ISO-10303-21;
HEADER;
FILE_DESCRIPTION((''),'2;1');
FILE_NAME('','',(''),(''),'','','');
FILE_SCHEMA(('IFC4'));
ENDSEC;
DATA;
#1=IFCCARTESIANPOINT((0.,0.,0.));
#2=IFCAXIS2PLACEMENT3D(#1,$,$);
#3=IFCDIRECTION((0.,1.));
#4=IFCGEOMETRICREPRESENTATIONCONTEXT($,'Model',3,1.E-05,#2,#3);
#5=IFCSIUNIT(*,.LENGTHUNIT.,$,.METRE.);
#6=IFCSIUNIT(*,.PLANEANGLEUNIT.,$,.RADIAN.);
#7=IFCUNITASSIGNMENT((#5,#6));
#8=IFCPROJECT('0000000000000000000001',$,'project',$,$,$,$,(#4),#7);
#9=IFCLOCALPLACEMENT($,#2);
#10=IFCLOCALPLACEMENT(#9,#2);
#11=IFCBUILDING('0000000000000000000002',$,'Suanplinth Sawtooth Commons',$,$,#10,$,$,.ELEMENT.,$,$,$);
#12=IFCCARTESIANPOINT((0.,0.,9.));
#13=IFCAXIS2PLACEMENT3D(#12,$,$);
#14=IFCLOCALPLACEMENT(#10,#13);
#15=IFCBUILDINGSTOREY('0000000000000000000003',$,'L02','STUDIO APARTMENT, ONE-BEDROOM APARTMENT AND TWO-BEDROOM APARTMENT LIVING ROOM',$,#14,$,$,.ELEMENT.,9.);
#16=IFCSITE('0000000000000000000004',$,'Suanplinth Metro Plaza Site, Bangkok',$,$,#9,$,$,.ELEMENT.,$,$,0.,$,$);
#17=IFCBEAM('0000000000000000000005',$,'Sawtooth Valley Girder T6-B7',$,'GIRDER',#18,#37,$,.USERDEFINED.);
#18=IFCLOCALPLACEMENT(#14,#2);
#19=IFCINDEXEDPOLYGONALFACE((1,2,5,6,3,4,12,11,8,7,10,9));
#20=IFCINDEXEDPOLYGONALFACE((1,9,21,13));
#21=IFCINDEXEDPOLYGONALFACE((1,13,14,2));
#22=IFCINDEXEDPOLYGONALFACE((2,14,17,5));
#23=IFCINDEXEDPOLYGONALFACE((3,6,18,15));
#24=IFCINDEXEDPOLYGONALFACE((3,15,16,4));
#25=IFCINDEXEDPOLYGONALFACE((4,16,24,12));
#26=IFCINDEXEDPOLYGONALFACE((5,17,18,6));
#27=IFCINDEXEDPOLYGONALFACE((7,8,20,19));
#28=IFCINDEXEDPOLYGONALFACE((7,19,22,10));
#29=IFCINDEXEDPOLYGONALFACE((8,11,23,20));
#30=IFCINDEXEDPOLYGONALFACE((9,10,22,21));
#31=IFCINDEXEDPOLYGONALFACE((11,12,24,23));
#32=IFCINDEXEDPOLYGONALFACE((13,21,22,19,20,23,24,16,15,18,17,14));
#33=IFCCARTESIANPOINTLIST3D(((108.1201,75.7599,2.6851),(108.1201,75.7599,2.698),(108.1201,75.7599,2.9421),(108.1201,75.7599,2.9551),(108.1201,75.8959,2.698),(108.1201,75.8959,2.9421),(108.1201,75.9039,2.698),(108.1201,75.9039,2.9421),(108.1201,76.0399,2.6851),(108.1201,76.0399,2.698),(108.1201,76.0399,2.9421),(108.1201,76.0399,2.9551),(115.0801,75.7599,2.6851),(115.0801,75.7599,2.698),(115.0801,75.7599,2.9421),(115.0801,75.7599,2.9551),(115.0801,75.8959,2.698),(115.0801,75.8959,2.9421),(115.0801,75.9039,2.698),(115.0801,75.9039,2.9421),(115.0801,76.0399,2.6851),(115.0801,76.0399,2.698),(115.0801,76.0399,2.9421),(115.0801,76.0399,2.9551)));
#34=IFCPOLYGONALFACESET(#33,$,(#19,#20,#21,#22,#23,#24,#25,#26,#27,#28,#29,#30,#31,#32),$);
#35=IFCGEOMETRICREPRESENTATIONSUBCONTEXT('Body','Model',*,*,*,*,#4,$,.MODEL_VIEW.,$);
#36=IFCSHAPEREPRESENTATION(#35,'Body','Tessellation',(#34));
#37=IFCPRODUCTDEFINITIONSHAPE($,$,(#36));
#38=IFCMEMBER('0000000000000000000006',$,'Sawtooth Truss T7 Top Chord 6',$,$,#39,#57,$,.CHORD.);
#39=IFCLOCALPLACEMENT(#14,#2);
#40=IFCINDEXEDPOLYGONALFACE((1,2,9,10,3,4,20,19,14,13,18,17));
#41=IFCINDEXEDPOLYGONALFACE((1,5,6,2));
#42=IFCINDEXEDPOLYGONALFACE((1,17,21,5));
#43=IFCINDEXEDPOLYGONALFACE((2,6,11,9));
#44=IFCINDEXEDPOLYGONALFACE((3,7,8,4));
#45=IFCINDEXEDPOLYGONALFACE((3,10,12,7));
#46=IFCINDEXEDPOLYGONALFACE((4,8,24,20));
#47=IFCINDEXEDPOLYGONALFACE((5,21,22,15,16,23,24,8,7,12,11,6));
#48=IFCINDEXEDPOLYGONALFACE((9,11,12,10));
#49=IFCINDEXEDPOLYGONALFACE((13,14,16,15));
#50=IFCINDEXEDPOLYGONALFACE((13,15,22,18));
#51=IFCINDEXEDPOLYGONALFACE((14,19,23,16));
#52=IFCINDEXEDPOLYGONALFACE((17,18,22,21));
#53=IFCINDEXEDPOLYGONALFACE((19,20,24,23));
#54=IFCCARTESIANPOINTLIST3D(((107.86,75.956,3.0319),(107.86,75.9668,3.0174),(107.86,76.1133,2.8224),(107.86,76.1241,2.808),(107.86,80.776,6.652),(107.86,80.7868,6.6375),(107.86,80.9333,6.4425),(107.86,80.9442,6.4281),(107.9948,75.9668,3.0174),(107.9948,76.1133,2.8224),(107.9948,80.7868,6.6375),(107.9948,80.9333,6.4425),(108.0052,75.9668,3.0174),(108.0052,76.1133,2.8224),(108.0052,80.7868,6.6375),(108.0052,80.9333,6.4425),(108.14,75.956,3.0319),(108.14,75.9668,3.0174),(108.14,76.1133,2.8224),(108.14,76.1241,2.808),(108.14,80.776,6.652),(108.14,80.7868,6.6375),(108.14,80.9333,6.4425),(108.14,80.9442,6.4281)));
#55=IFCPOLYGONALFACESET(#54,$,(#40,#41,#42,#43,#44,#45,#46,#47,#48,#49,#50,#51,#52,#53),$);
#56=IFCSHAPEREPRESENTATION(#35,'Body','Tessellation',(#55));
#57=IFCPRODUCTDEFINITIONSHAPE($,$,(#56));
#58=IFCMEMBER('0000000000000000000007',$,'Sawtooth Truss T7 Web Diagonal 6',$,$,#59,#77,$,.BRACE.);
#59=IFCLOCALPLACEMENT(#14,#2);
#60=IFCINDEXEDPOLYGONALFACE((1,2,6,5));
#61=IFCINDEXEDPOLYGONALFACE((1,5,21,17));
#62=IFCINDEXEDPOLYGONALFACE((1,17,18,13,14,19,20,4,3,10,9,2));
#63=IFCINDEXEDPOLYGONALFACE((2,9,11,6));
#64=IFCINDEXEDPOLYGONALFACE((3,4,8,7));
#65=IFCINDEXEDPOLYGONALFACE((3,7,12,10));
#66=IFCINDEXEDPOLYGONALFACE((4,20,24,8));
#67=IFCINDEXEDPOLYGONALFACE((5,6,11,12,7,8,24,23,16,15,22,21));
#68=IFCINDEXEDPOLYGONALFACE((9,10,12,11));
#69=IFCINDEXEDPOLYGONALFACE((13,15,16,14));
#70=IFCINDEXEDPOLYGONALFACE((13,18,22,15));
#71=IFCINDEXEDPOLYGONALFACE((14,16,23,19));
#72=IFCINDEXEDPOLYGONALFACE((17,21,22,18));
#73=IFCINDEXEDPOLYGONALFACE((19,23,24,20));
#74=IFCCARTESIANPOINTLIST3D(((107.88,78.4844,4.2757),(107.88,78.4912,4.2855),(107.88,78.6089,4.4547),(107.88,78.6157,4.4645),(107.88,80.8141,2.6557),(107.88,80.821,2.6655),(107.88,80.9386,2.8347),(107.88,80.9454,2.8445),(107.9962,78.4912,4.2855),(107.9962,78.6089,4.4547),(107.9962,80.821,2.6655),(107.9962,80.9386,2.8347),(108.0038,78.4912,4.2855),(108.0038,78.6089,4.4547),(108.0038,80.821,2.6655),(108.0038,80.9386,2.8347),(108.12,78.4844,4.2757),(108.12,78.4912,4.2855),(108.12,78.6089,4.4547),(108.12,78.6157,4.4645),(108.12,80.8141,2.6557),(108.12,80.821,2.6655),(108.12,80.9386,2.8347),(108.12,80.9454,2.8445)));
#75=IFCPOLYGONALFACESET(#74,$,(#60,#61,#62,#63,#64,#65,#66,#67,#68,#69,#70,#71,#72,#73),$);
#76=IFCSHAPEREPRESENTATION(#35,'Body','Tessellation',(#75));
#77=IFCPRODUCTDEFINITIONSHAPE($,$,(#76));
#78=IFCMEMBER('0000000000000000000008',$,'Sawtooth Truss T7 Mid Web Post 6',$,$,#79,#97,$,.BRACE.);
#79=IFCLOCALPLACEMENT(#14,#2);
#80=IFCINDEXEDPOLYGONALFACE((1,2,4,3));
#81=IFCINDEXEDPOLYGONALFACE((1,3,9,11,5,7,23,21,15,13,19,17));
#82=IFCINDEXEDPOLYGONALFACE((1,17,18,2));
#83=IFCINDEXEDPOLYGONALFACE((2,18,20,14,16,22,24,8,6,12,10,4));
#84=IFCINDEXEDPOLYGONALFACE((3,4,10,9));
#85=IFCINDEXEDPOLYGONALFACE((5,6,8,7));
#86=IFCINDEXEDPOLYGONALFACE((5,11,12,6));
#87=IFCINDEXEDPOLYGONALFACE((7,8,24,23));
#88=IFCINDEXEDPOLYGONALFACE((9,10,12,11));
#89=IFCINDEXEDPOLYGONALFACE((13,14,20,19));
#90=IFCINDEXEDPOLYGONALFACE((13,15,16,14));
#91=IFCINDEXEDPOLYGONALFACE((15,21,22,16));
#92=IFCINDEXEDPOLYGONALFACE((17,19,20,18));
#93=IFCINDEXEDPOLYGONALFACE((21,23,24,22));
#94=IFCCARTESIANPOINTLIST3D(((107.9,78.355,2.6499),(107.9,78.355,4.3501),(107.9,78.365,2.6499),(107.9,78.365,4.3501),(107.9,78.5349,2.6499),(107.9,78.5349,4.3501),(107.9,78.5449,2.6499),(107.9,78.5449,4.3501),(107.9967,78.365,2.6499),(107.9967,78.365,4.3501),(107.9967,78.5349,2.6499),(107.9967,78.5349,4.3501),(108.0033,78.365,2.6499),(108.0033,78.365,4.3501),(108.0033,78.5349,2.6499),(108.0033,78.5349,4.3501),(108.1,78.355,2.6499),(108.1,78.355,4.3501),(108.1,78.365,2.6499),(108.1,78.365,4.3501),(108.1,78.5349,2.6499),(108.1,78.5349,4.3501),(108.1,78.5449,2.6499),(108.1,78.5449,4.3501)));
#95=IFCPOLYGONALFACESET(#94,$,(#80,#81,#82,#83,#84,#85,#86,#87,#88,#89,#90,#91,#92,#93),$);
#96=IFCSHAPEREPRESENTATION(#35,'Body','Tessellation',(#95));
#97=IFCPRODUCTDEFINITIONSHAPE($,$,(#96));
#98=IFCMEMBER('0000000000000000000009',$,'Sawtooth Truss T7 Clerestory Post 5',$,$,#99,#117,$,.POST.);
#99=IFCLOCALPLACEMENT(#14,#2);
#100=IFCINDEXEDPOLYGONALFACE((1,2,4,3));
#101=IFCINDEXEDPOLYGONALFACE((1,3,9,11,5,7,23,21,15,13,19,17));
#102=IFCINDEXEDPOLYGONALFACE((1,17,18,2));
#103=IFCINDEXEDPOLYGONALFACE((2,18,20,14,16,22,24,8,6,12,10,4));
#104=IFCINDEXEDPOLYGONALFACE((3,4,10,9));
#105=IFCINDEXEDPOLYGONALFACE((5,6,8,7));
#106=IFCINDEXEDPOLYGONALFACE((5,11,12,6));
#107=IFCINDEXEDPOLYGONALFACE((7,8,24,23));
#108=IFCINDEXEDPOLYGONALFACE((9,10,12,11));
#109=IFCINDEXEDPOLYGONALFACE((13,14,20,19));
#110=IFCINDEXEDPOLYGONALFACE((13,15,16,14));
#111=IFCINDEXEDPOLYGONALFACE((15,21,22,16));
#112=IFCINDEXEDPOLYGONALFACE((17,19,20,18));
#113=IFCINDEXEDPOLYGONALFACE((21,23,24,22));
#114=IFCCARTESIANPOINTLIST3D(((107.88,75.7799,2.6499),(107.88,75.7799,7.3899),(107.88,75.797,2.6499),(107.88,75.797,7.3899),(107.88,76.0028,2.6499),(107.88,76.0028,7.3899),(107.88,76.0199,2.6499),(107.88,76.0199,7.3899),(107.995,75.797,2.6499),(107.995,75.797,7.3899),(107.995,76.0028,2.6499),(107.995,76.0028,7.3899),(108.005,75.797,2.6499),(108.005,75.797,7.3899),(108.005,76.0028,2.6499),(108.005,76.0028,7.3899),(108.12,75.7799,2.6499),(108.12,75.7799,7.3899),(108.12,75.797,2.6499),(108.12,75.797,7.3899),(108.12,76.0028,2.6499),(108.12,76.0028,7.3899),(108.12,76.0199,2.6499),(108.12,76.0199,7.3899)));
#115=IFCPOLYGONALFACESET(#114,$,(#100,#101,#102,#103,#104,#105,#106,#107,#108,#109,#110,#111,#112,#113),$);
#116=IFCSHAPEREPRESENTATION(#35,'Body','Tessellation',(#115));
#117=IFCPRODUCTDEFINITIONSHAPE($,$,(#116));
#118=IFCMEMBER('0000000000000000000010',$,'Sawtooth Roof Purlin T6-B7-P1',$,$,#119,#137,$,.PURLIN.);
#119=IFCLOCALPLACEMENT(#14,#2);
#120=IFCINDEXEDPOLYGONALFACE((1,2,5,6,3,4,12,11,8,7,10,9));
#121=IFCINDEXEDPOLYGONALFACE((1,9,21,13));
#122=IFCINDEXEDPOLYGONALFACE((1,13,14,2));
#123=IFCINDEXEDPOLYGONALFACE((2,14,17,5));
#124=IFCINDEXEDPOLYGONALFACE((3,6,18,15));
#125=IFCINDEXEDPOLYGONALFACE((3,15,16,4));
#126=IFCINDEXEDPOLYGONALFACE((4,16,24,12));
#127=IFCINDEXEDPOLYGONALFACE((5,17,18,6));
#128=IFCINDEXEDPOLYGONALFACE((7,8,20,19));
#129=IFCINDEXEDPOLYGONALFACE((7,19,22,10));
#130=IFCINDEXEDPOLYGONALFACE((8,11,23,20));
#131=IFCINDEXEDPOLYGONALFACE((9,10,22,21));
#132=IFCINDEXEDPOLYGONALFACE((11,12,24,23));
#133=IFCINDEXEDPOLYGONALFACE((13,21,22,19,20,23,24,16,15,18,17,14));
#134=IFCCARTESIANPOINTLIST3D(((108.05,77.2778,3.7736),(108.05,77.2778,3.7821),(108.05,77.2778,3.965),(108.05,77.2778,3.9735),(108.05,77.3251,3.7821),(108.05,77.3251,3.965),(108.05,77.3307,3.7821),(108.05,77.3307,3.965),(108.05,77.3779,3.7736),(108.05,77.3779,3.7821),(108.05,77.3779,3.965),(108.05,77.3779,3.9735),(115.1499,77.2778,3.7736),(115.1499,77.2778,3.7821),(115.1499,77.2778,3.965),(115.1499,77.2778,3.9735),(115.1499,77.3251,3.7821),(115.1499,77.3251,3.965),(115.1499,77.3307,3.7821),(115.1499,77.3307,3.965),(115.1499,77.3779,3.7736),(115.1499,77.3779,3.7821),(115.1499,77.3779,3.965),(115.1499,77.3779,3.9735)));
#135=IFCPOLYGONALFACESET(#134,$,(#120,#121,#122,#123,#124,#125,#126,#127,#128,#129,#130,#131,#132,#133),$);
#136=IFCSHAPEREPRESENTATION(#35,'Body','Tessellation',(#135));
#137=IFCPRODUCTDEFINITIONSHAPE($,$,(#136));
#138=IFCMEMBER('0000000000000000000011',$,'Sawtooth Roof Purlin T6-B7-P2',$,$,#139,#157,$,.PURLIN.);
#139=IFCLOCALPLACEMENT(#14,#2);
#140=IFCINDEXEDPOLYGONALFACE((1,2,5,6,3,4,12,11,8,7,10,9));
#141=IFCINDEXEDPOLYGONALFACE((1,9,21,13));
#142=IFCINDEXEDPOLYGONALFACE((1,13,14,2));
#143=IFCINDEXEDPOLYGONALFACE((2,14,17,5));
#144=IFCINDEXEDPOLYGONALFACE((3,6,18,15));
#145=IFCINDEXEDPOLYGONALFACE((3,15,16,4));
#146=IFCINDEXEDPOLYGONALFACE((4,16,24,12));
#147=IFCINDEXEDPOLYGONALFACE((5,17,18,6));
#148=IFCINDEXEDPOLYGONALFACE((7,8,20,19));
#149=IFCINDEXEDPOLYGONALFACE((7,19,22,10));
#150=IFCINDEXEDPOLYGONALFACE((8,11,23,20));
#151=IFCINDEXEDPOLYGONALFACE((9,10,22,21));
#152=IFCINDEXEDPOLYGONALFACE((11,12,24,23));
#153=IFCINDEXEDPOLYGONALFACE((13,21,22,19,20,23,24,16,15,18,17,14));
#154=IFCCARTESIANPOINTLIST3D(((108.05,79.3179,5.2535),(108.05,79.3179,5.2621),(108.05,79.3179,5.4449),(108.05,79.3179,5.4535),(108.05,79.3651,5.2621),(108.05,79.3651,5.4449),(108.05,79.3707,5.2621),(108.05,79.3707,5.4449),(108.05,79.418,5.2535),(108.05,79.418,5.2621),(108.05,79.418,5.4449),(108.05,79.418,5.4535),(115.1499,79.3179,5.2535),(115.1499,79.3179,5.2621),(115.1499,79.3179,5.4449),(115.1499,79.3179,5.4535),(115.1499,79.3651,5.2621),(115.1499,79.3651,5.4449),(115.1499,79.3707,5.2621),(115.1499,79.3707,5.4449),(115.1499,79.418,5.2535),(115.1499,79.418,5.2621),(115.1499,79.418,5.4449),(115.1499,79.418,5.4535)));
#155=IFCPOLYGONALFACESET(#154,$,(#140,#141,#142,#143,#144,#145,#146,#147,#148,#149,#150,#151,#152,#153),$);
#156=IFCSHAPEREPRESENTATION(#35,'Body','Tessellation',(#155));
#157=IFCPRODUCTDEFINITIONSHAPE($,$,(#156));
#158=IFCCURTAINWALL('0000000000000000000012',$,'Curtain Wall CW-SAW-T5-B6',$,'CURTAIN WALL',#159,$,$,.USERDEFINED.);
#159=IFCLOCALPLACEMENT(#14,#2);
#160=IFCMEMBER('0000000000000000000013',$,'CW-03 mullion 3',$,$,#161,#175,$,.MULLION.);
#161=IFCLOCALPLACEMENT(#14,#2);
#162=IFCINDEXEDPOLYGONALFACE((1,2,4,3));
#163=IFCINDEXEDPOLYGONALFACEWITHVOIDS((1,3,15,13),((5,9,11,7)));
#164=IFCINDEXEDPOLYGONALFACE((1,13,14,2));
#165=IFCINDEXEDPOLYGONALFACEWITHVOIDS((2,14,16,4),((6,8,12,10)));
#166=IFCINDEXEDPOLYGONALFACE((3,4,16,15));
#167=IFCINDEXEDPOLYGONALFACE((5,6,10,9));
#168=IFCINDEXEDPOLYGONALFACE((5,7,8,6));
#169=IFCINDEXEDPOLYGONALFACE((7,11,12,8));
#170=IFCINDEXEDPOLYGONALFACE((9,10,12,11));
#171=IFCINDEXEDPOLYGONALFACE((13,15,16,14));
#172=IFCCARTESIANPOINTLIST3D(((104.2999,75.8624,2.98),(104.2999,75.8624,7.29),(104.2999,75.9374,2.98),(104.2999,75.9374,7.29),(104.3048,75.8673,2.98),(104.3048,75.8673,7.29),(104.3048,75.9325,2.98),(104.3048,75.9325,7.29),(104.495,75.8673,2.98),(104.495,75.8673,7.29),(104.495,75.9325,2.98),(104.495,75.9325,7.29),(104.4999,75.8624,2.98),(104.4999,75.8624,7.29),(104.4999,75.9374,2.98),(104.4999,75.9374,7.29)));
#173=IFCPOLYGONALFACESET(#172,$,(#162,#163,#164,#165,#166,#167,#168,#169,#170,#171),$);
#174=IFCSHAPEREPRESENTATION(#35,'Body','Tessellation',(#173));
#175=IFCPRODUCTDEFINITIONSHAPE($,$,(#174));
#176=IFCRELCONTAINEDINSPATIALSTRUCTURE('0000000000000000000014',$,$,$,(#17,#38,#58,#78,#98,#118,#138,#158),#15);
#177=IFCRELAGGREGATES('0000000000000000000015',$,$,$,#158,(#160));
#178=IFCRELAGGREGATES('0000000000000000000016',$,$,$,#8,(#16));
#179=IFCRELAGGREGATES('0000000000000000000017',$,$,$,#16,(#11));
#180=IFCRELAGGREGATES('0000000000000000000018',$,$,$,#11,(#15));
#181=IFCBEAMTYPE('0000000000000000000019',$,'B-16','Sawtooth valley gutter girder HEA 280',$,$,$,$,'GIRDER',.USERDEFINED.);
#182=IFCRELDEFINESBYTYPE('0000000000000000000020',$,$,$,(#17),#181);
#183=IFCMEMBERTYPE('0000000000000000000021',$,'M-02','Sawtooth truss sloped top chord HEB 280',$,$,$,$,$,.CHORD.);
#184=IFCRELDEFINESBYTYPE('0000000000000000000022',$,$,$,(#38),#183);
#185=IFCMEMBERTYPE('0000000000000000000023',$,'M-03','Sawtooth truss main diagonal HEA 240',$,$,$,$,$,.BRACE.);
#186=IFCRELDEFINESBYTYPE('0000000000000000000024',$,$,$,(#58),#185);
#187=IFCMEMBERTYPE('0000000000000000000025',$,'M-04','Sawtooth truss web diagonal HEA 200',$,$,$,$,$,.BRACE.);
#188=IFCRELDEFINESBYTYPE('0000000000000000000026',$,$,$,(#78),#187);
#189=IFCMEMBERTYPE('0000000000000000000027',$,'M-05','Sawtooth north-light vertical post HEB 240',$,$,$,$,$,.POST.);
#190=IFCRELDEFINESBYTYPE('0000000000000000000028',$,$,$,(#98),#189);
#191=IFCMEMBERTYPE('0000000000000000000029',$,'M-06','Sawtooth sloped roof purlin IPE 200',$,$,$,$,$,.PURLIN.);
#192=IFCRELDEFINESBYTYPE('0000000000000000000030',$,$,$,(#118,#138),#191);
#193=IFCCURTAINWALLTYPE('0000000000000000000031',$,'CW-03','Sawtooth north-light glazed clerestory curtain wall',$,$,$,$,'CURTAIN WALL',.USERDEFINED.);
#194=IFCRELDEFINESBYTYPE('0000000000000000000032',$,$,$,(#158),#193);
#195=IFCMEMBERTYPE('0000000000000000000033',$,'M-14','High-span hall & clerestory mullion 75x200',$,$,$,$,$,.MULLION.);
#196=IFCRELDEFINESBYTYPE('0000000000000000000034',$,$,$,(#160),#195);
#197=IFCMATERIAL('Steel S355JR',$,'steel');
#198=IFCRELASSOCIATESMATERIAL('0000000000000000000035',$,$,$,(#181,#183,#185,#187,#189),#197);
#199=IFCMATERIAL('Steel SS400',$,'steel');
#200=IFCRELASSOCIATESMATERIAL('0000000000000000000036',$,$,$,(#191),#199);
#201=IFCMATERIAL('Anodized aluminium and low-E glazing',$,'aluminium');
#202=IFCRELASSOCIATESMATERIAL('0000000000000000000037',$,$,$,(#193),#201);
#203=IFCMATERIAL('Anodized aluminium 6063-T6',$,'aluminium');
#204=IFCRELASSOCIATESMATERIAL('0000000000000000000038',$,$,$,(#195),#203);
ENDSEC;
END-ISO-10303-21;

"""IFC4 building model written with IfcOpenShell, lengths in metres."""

from ifc_helpers import new_model, si_unit, direction, frame, origin, origin_2d, place, context, subcontext, project, spatial, hollow_rectangle, i_section, extrude, material, material_profile, profile_set, type_object, element, aggregate, save


model = new_model("IFC4")

# Units and contexts
model_context = context("Model", 3, precision=1e-05, world=origin(), true_north=direction((0.0, 1.0)))
body_context = subcontext(model_context, "Body", "Model", "MODEL_VIEW")
ifc_project = project(units=[si_unit("LENGTHUNIT", "METRE"), si_unit("PLANEANGLEUNIT", "RADIAN")], contexts=[model_context])

# Site, building, storey
site_placement = place(None, origin())
site = spatial("IfcSite", under=ifc_project, at=site_placement, Name="Suanplinth Metro Plaza Site, Bangkok", CompositionType="ELEMENT", RefElevation=0.0)
building_placement = place(site_placement, origin())
building = spatial("IfcBuilding", under=site, at=building_placement, Name="Suanplinth Sawtooth Commons", CompositionType="ELEMENT")
storey_placement = place(building_placement, frame((0.0, 0.0, 9.0)))
storey = spatial("IfcBuildingStorey", under=building, at=storey_placement, Name="L02", Description="STUDIO APARTMENT, ONE-BEDROOM APARTMENT AND TWO-BEDROOM APARTMENT LIVING ROOM", CompositionType="ELEMENT", Elevation=9.0)

# Beam
ifc_material_1 = material(Name="Steel S355JR", Category="steel")
ifc_material_profile_1 = material_profile(ifc_material_1, i_section(OverallWidth=0.28, OverallDepth=0.27, WebThickness=0.0081, FlangeThickness=0.0129, at=origin_2d()), Name="HEA 280")
ifc_profile_set_1 = profile_set([ifc_material_profile_1], Name="Steel S355JR")
beam_type = type_object("IfcBeamType", Name="B-16", Description="Sawtooth valley gutter girder HEA 280", ElementType="GIRDER", PredefinedType="USERDEFINED", material=ifc_profile_set_1)
beam_placement = place(storey_placement, frame((108.1201, 75.8999, 2.8201), z_axis=(1.0, 0.0, 0.0), x_axis=(0.0, 1.0, 0.0)))
element("IfcBeam", 1, at=beam_placement, inside=storey, type_object=beam_type, Name="Sawtooth Valley Girder T6-B7", ObjectType="GIRDER", PredefinedType="USERDEFINED", context=body_context, shape_type="SweptSolid", body=[
    extrude(i_section(OverallWidth=0.28, OverallDepth=0.27, WebThickness=0.0081, FlangeThickness=0.0129, at=origin_2d()), origin(), (0.0, 0.0, 1.0), 6.96),
])

# Members
ifc_material_profile_2 = material_profile(ifc_material_1, i_section(OverallWidth=0.28, OverallDepth=0.28, WebThickness=0.0105, FlangeThickness=0.0181, at=origin_2d()), Name="HEB 280")
ifc_profile_set_2 = profile_set([ifc_material_profile_2], Name="Steel S355JR")
member_type_1 = type_object("IfcMemberType", Name="M-02", Description="Sawtooth truss sloped top chord HEB 280", PredefinedType="CHORD", material=ifc_profile_set_2)
member_1_placement = place(storey_placement, frame((108.0, 76.04, 2.9199), z_axis=(0.0, 0.799596, 0.600538), x_axis=(-1.0, 0.0, 0.0)))
element("IfcMember", 2, at=member_1_placement, inside=storey, type_object=member_type_1, Name="Sawtooth Truss T7 Top Chord 6", PredefinedType="CHORD", context=body_context, shape_type="SweptSolid", body=[
    extrude(i_section(OverallWidth=0.28, OverallDepth=0.28, WebThickness=0.0105, FlangeThickness=0.0181, at=origin_2d()), origin(), (0.0, 0.0, 1.0), 6.0281),
])
ifc_material_profile_3 = material_profile(ifc_material_1, i_section(OverallWidth=0.24, OverallDepth=0.23, WebThickness=0.0076, FlangeThickness=0.012, at=origin_2d()), Name="HEA 240")
ifc_profile_set_3 = profile_set([ifc_material_profile_3], Name="Steel S355JR")
member_type_2 = type_object("IfcMemberType", Name="M-03", Description="Sawtooth truss main diagonal HEA 240", PredefinedType="BRACE", material=ifc_profile_set_3)
member_2_placement = place(storey_placement, frame((108.0, 78.55, 4.3701), z_axis=(0.0, 0.82101, -0.570913), x_axis=(-1.0, 0.0, 0.0)))
element("IfcMember", 3, at=member_2_placement, inside=storey, type_object=member_type_2, Name="Sawtooth Truss T7 Web Diagonal 6", PredefinedType="BRACE", context=body_context, shape_type="SweptSolid", body=[
    extrude(i_section(OverallWidth=0.24, OverallDepth=0.23, WebThickness=0.0076, FlangeThickness=0.012, at=origin_2d()), origin(), (0.0, 0.0, 1.0), 2.8376),
])
ifc_material_profile_4 = material_profile(ifc_material_1, i_section(OverallWidth=0.2, OverallDepth=0.1899, WebThickness=0.0066, FlangeThickness=0.01, at=origin_2d()), Name="HEA 200")
ifc_profile_set_4 = profile_set([ifc_material_profile_4], Name="Steel S355JR")
member_type_3 = type_object("IfcMemberType", Name="M-04", Description="Sawtooth truss web diagonal HEA 200", PredefinedType="BRACE", material=ifc_profile_set_4)
member_3_placement = place(storey_placement, frame((108.0, 78.45, 2.6499), z_axis=(0.0, 0.0, 1.0), x_axis=(1.0, 0.0, 0.0)))
element("IfcMember", 4, at=member_3_placement, inside=storey, type_object=member_type_3, Name="Sawtooth Truss T7 Mid Web Post 6", PredefinedType="BRACE", context=body_context, shape_type="SweptSolid", body=[
    extrude(i_section(OverallWidth=0.2, OverallDepth=0.1899, WebThickness=0.0066, FlangeThickness=0.01, at=origin_2d()), origin(), (0.0, 0.0, 1.0), 1.7002),
])
ifc_material_profile_5 = material_profile(ifc_material_1, i_section(OverallWidth=0.24, OverallDepth=0.24, WebThickness=0.01, FlangeThickness=0.0171, at=origin_2d()), Name="HEB 240")
ifc_profile_set_5 = profile_set([ifc_material_profile_5], Name="Steel S355JR")
member_type_4 = type_object("IfcMemberType", Name="M-05", Description="Sawtooth north-light vertical post HEB 240", PredefinedType="POST", material=ifc_profile_set_5)
member_4_placement = place(storey_placement, frame((108.0, 75.8999, 2.6499), z_axis=(0.0, 0.0, 1.0), x_axis=(1.0, 0.0, 0.0)))
element("IfcMember", 5, at=member_4_placement, inside=storey, type_object=member_type_4, Name="Sawtooth Truss T7 Clerestory Post 5", PredefinedType="POST", context=body_context, shape_type="SweptSolid", body=[
    extrude(i_section(OverallWidth=0.24, OverallDepth=0.24, WebThickness=0.01, FlangeThickness=0.0171, at=origin_2d()), origin(), (0.0, 0.0, 1.0), 4.74),
])
ifc_material_2 = material(Name="Steel SS400", Category="steel")
ifc_material_profile_6 = material_profile(ifc_material_2, i_section(OverallWidth=0.1001, OverallDepth=0.2, WebThickness=0.0056, FlangeThickness=0.0085, at=origin_2d()), Name="IPE 200")
ifc_profile_set_6 = profile_set([ifc_material_profile_6], Name="Steel SS400")
member_type_5 = type_object("IfcMemberType", Name="M-06", Description="Sawtooth sloped roof purlin IPE 200", PredefinedType="PURLIN", material=ifc_profile_set_6)
for number, where, z_axis, x_axis, name in (
    (6, (108.05, 77.3279, 3.8735), (1.0, 0.0, 0.0), (0.0, 1.0, 0.0), "Sawtooth Roof Purlin T6-B7-P1"),
    (7, (108.05, 79.3679, 5.3535), (1.0, 0.0, 0.0), (0.0, 1.0, 0.0), "Sawtooth Roof Purlin T6-B7-P2"),
):
    element("IfcMember", number, at=place(storey_placement, frame(where, z_axis=z_axis, x_axis=x_axis)), inside=storey, type_object=member_type_5, Name=name, PredefinedType="PURLIN", context=body_context, shape_type="SweptSolid", body=[
        extrude(i_section(OverallWidth=0.1001, OverallDepth=0.2, WebThickness=0.0056, FlangeThickness=0.0085, at=origin_2d()), origin(), (0.0, 0.0, 1.0), 7.0999),
    ])

# Curtain wall, member
ifc_material_3 = material(Name="Anodized aluminium and low-E glazing", Category="aluminium")
curtain_wall_type = type_object("IfcCurtainWallType", Name="CW-03", Description="Sawtooth north-light glazed clerestory curtain wall", ElementType="CURTAIN WALL", PredefinedType="USERDEFINED", material=ifc_material_3)
curtain_wall_1_placement = place(storey_placement, origin())
curtain_wall_1 = element("IfcCurtainWall", 8, at=curtain_wall_1_placement, inside=storey, type_object=curtain_wall_type, Name="Curtain Wall CW-SAW-T5-B6", ObjectType="CURTAIN WALL", PredefinedType="USERDEFINED")
ifc_material_4 = material(Name="Anodized aluminium 6063-T6", Category="aluminium")
ifc_material_profile_7 = material_profile(ifc_material_4, hollow_rectangle(XDim=0.075, YDim=0.2, WallThickness=0.0049, at=origin_2d()), Name="ALU-MUL 75x200")
ifc_profile_set_7 = profile_set([ifc_material_profile_7], Name="Anodized aluminium 6063-T6")
member_type_6 = type_object("IfcMemberType", Name="M-14", Description="High-span hall & clerestory mullion 75x200", PredefinedType="MULLION", material=ifc_profile_set_7)
member_5_placement = place(storey_placement, frame((104.3999, 75.8999, 2.98), z_axis=(0.0, 0.0, 1.0), x_axis=(0.0, 1.0, 0.0)))
member_5 = element("IfcMember", 9, at=member_5_placement, type_object=member_type_6, Name="CW-03 mullion 3", PredefinedType="MULLION", context=body_context, shape_type="SweptSolid", body=[
    extrude(hollow_rectangle(XDim=0.075, YDim=0.2, WallThickness=0.0049, at=origin_2d()), origin(), (0.0, 0.0, 1.0), 4.3101),
])

aggregate(curtain_wall_1, [member_5])

save(model, "model.ifc")
